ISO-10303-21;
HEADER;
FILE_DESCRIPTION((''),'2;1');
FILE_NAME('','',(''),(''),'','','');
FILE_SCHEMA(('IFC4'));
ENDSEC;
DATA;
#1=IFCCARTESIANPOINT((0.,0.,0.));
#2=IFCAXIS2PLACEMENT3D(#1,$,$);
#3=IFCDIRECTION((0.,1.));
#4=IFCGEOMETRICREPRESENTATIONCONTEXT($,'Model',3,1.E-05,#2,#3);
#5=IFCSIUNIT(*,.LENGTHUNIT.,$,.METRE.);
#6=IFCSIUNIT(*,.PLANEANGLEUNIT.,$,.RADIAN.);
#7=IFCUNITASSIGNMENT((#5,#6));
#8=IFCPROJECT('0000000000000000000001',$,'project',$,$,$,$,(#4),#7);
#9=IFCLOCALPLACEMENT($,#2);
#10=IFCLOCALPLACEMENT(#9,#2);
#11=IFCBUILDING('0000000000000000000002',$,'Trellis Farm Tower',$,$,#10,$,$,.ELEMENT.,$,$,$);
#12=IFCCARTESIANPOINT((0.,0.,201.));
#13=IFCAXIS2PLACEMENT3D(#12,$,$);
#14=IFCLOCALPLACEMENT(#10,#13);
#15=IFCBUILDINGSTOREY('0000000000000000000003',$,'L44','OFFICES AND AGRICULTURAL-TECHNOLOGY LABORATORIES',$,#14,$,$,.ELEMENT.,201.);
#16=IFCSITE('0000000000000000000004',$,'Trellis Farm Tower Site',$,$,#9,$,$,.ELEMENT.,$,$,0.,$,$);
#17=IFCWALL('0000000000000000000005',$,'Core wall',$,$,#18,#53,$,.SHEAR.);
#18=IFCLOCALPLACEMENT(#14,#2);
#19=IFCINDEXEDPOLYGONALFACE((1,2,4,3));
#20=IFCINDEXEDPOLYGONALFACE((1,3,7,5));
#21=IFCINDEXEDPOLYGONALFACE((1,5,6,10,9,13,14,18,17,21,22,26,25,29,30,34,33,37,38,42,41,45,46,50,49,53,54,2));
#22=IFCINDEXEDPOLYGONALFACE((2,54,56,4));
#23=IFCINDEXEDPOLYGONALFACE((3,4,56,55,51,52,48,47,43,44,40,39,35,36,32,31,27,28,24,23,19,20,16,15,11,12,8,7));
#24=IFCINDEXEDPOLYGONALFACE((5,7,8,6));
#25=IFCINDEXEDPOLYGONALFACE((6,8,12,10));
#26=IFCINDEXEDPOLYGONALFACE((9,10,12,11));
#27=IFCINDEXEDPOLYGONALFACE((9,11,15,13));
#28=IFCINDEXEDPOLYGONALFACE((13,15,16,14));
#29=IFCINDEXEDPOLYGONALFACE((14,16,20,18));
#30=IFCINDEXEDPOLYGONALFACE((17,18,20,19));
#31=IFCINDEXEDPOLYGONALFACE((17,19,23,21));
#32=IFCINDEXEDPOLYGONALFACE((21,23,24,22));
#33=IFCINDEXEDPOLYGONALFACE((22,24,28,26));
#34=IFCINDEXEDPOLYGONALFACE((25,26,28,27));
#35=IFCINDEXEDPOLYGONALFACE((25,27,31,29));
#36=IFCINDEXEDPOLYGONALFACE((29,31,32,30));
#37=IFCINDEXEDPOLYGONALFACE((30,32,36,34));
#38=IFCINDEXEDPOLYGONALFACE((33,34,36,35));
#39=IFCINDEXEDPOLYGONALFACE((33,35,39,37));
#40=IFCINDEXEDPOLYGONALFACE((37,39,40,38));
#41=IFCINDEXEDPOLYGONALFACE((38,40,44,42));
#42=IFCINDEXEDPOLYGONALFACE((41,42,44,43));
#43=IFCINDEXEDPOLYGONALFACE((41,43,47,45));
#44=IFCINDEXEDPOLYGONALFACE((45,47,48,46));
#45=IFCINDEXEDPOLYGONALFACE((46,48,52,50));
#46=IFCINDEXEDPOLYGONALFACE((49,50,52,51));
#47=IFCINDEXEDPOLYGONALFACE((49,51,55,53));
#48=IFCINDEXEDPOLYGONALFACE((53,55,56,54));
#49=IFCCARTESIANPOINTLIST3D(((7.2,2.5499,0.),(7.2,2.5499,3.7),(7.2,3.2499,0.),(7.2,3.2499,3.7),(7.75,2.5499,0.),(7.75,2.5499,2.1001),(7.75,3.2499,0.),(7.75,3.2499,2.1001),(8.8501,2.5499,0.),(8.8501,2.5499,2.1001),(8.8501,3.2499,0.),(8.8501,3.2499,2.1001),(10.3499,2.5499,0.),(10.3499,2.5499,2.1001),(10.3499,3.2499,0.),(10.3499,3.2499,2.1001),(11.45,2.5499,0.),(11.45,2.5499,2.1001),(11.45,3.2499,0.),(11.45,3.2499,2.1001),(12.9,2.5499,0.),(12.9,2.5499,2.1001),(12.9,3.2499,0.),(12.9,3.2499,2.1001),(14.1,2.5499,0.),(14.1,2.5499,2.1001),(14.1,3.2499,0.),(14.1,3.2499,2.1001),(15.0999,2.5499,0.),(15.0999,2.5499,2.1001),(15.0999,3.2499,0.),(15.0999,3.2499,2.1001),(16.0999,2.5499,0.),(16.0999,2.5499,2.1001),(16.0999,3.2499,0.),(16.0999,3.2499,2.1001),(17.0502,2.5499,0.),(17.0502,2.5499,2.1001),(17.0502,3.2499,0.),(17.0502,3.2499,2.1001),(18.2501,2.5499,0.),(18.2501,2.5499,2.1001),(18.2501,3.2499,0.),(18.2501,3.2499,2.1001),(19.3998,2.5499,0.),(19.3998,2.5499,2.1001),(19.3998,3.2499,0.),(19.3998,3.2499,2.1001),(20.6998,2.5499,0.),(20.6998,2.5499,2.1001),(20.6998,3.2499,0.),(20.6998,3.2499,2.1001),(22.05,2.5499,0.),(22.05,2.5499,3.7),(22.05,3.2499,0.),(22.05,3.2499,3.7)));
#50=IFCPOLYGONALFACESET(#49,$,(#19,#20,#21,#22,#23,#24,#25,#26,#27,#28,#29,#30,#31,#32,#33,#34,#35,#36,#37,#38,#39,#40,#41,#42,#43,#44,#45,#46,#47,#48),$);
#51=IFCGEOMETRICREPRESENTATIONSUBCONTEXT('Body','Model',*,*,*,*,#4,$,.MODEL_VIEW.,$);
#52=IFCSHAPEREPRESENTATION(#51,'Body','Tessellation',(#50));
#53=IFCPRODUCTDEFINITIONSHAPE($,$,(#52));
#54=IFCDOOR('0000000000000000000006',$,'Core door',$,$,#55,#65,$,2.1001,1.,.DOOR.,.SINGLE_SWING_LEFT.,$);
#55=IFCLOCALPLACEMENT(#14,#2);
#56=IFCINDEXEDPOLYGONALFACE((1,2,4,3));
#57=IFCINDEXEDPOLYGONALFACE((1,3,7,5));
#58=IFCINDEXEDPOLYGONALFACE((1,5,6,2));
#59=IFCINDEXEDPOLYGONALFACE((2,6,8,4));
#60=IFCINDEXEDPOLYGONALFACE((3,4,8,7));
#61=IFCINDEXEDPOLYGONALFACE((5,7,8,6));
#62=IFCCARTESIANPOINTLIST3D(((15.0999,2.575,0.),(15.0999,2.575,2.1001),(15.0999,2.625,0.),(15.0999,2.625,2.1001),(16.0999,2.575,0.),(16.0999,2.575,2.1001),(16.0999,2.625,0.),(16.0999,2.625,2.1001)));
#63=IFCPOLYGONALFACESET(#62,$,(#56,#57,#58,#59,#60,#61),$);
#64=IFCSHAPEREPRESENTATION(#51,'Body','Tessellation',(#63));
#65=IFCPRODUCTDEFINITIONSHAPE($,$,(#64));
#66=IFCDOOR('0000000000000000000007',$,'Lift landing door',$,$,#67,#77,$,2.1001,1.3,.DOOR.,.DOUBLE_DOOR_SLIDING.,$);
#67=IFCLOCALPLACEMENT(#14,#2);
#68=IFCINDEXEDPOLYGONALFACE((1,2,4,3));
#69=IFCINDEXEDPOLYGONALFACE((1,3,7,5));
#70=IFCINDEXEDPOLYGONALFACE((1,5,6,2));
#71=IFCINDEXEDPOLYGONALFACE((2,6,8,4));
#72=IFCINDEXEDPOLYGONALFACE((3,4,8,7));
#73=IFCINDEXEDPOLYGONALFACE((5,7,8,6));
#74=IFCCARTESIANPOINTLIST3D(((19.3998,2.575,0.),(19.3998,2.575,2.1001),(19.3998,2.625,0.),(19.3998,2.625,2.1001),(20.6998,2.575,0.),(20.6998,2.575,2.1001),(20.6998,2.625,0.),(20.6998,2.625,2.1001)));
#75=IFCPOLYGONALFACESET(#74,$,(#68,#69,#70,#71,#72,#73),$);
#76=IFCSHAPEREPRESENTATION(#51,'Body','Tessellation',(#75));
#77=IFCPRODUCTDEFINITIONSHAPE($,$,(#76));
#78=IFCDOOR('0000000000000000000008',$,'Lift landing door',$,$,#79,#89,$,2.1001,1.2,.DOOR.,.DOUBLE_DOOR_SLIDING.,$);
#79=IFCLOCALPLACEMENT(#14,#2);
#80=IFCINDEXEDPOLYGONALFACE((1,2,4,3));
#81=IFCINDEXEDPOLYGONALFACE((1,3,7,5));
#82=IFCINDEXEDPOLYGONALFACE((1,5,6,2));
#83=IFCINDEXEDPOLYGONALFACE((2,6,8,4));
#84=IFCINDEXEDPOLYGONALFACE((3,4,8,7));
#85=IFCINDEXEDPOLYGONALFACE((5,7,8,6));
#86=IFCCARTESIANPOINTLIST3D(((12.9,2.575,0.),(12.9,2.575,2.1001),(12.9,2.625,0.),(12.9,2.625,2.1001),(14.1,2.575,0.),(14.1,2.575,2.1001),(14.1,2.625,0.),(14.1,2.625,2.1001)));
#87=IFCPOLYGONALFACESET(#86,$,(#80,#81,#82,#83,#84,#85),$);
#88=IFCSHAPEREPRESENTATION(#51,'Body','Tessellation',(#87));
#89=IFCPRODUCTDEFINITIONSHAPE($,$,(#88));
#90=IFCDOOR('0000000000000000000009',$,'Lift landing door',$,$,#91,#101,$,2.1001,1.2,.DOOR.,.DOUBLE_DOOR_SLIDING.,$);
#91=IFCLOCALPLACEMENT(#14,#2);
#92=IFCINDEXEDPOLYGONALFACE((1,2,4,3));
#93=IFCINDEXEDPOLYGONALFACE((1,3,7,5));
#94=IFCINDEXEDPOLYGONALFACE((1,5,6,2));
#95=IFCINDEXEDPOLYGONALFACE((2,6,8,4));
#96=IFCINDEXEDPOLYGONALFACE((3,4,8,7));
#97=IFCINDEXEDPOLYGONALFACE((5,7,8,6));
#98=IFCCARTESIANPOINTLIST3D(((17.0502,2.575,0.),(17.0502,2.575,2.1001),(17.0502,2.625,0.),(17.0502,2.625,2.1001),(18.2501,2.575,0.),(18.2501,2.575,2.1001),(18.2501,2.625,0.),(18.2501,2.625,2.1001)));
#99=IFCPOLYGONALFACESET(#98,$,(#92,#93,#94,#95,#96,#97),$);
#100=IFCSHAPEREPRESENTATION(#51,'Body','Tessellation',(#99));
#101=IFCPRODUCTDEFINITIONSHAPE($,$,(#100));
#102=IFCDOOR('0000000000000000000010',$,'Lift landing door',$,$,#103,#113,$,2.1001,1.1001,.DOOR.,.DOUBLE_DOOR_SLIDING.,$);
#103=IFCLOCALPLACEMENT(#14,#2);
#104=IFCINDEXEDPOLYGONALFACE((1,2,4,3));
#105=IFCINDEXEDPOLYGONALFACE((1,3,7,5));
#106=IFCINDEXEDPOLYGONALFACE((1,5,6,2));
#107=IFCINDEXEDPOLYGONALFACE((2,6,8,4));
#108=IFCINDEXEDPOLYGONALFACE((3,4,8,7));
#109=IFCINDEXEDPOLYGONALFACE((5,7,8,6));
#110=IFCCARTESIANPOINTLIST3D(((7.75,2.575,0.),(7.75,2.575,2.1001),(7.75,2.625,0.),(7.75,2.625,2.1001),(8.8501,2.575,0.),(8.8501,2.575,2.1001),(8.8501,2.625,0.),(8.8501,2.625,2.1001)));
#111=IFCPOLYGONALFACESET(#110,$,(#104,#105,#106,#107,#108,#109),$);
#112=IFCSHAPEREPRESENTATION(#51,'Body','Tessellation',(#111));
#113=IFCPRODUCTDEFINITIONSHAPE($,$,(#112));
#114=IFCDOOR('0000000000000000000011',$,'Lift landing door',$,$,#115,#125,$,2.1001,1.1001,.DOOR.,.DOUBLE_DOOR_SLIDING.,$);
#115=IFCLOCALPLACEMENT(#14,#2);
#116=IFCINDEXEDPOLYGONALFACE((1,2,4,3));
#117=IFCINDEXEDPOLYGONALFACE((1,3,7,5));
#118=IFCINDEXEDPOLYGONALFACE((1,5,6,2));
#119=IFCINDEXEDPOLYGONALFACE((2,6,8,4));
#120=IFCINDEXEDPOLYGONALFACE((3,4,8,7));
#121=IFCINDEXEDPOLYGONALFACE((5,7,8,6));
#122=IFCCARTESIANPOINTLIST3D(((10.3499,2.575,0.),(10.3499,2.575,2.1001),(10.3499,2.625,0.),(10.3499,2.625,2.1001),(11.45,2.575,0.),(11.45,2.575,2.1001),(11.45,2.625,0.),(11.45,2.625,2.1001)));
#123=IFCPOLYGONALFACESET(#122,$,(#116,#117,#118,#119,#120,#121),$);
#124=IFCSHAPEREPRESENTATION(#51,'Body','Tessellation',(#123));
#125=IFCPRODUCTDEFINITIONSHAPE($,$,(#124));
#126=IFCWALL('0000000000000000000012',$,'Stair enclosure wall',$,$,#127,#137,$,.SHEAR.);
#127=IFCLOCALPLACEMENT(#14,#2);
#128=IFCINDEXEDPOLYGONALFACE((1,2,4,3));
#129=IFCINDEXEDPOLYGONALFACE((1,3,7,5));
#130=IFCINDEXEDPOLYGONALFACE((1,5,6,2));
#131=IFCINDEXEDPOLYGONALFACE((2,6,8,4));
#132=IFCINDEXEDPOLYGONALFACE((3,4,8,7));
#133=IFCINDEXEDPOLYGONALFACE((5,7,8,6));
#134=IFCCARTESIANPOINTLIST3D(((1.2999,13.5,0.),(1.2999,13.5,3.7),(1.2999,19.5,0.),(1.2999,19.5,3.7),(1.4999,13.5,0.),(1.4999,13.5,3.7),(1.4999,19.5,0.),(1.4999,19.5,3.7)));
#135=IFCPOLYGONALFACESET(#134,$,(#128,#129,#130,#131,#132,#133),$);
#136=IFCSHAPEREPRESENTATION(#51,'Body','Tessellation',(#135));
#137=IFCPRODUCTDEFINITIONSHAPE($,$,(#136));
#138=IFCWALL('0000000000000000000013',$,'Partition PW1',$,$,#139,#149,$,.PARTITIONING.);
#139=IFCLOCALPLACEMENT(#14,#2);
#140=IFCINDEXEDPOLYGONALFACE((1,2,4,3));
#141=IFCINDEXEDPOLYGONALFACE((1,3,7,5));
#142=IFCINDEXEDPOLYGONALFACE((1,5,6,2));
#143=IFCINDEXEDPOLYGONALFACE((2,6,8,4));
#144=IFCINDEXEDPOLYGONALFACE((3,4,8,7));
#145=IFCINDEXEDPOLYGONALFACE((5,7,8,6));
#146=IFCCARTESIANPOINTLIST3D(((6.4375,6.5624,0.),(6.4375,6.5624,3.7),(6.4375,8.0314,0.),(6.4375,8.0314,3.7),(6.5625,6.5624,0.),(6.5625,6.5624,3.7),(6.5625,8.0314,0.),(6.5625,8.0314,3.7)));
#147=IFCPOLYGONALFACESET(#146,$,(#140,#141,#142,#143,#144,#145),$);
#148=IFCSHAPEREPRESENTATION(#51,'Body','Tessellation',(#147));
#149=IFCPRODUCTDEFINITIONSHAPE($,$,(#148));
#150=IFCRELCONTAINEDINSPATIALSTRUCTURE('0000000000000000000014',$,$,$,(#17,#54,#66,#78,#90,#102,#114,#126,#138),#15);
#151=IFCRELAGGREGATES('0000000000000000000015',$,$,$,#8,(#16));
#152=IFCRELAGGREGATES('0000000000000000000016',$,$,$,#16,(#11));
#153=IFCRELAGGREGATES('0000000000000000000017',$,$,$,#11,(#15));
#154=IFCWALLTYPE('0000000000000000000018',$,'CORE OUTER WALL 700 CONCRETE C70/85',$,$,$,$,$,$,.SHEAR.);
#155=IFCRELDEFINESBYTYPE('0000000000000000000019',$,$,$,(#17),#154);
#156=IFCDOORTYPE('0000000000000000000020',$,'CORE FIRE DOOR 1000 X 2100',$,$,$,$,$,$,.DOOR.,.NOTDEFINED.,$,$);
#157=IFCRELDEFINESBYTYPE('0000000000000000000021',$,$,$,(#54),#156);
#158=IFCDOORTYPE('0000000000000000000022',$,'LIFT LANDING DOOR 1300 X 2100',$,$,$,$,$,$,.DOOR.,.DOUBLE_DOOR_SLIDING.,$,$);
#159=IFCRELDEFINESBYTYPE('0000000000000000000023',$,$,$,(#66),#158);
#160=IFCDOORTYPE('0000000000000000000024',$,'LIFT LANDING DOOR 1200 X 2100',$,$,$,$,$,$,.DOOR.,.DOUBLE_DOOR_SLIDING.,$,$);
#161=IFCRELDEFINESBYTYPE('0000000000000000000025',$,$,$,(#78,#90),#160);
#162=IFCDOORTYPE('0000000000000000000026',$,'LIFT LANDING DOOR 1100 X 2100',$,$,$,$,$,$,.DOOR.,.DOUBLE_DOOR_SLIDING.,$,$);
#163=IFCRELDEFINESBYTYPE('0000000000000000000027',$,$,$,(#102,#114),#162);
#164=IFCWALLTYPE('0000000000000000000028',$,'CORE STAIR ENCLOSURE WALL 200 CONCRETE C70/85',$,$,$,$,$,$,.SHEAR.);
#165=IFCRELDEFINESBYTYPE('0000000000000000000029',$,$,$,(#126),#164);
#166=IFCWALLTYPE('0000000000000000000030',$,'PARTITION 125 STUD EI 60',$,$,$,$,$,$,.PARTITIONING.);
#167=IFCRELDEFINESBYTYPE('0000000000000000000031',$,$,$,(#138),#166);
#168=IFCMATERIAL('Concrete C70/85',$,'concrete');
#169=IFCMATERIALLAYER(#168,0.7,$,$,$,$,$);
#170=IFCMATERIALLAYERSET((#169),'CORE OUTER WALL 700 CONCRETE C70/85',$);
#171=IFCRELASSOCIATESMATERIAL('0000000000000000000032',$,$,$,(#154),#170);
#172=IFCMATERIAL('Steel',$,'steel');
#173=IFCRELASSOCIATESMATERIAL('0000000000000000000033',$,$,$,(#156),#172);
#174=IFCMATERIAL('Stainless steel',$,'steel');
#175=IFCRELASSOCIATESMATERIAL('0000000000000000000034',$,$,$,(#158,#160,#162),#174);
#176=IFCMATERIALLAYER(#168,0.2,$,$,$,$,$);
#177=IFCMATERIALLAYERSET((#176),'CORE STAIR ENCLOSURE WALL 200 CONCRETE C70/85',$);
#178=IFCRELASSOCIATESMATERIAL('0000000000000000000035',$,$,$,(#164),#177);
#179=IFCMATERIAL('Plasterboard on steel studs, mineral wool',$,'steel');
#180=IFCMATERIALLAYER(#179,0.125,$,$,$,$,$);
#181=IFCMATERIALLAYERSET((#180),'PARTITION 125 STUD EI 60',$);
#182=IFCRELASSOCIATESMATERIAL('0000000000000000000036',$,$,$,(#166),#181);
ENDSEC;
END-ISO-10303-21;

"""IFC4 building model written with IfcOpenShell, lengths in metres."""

from ifc_helpers import new_model, si_unit, direction, frame, frame_2d, origin, place, context, subcontext, project, spatial, rectangle, extrude, source, transform, mapped, material, layer, layer_set, type_object, element, fill, save


model = new_model("IFC4")

# Units and contexts
model_context = context("Model", 3, precision=1e-05, world=origin(), true_north=direction((0.0, 1.0)))
body_context = subcontext(model_context, "Body", "Model", "MODEL_VIEW")
ifc_project = project(units=[si_unit("LENGTHUNIT", "METRE"), si_unit("PLANEANGLEUNIT", "RADIAN")], contexts=[model_context])

# Site, building, storey
site_placement = place(None, origin())
site = spatial("IfcSite", under=ifc_project, at=site_placement, Name="Trellis Farm Tower Site", CompositionType="ELEMENT", RefElevation=0.0)
building_placement = place(site_placement, origin())
building = spatial("IfcBuilding", under=site, at=building_placement, Name="Trellis Farm Tower", CompositionType="ELEMENT")
storey_placement = place(building_placement, frame((0.0, 0.0, 201.0)))
storey = spatial("IfcBuildingStorey", under=building, at=storey_placement, Name="L44", Description="OFFICES AND AGRICULTURAL-TECHNOLOGY LABORATORIES", CompositionType="ELEMENT", Elevation=201.0)

# Shared definitions
ifc_material_1 = material(Name="Concrete C70/85", Category="concrete")

# Wall, openings, doors
ifc_layer_1 = layer(ifc_material_1, 0.7)
ifc_layer_set_1 = layer_set([ifc_layer_1], Name="CORE OUTER WALL 700 CONCRETE C70/85")
wall_type_1 = type_object("IfcWallType", Name="CORE OUTER WALL 700 CONCRETE C70/85", PredefinedType="SHEAR", material=ifc_layer_set_1)
shared_shape_1 = source(origin(), body_context, "Body", "SweptSolid", [
    extrude(rectangle(XDim=14.8501, YDim=0.7, at=frame_2d((7.425, 0.0))), origin(), (0.0, 0.0, 1.0), 3.7),
])
wall_1_placement = place(storey_placement, frame((7.2, 2.8999, 0.0), z_axis=(0.0, 0.0, 1.0), x_axis=(1.0, 0.0, 0.0)))
wall_1 = element("IfcWall", 1, at=wall_1_placement, inside=storey, type_object=wall_type_1, Name="Core wall", PredefinedType="SHEAR", context=body_context, shape_type="MappedRepresentation", body=[
    mapped(shared_shape_1, transform((0.0, 0.0, 0.0))),
])
shared_shape_2 = source(origin(), body_context, "Body", "SweptSolid", [
    extrude(rectangle(XDim=1.1001, YDim=2.1001, at=frame_2d((0.55, 1.05))), frame((0.0, 0.3601, 0.0), z_axis=(0.0, -1.0, 0.0), x_axis=(1.0, 0.0, 0.0)), (0.0, 0.0, 1.0), 0.7202),
])
opening_1_placement = place(wall_1_placement, frame((0.55, 0.0, 0.0)))
opening_1 = element("IfcOpeningElement", 2, at=opening_1_placement, cuts=wall_1, PredefinedType="OPENING", context=body_context, shape_type="MappedRepresentation", body=[
    mapped(shared_shape_2, transform((0.0, 0.0, 0.0))),
])
opening_2_placement = place(wall_1_placement, frame((3.1499, 0.0, 0.0)))
opening_2 = element("IfcOpeningElement", 3, at=opening_2_placement, cuts=wall_1, PredefinedType="OPENING", context=body_context, shape_type="MappedRepresentation", body=[
    mapped(shared_shape_2, transform((0.0, 0.0, 0.0))),
])
shared_shape_3 = source(origin(), body_context, "Body", "SweptSolid", [
    extrude(rectangle(XDim=1.2, YDim=2.1001, at=frame_2d((0.6001, 1.05))), frame((0.0, 0.3601, 0.0), z_axis=(0.0, -1.0, 0.0), x_axis=(1.0, 0.0, 0.0)), (0.0, 0.0, 1.0), 0.7202),
])
opening_3_placement = place(wall_1_placement, frame((5.7, 0.0, 0.0)))
opening_3 = element("IfcOpeningElement", 4, at=opening_3_placement, cuts=wall_1, PredefinedType="OPENING", context=body_context, shape_type="MappedRepresentation", body=[
    mapped(shared_shape_3, transform((0.0, 0.0, 0.0))),
])
shared_shape_4 = source(origin(), body_context, "Body", "SweptSolid", [
    extrude(rectangle(XDim=1.3, YDim=2.1001, at=frame_2d((0.6499, 1.05))), frame((0.0, 0.3601, 0.0), z_axis=(0.0, -1.0, 0.0), x_axis=(1.0, 0.0, 0.0)), (0.0, 0.0, 1.0), 0.7202),
])
opening_4_placement = place(wall_1_placement, frame((12.2, 0.0, 0.0)))
opening_4 = element("IfcOpeningElement", 5, at=opening_4_placement, cuts=wall_1, PredefinedType="OPENING", context=body_context, shape_type="MappedRepresentation", body=[
    mapped(shared_shape_4, transform((0.0, 0.0, 0.0))),
])
opening_5_placement = place(wall_1_placement, frame((9.8501, 0.0, 0.0)))
opening_5 = element("IfcOpeningElement", 6, at=opening_5_placement, cuts=wall_1, PredefinedType="OPENING", context=body_context, shape_type="MappedRepresentation", body=[
    mapped(shared_shape_3, transform((0.0, 0.0, 0.0))),
])
shared_shape_5 = source(origin(), body_context, "Body", "SweptSolid", [
    extrude(rectangle(XDim=1.0, YDim=2.1001, at=frame_2d((0.5, 1.05))), frame((0.0, 0.3601, 0.0), z_axis=(0.0, -1.0, 0.0), x_axis=(1.0, 0.0, 0.0)), (0.0, 0.0, 1.0), 0.7202),
])
opening_6_placement = place(wall_1_placement, frame((7.8999, 0.0, 0.0)))
opening_6 = element("IfcOpeningElement", 7, at=opening_6_placement, cuts=wall_1, PredefinedType="OPENING", context=body_context, shape_type="MappedRepresentation", body=[
    mapped(shared_shape_5, transform((0.0, 0.0, 0.0))),
])
ifc_material_2 = material(Name="Steel", Category="steel")
door_type_1 = type_object("IfcDoorType", Name="CORE FIRE DOOR 1000 X 2100", OperationType="NOTDEFINED", PredefinedType="DOOR", material=ifc_material_2)
shared_shape_6 = source(origin(), body_context, "Body", "SweptSolid", [
    extrude(rectangle(XDim=1.0, YDim=2.1001, at=frame_2d((0.5, 1.05))), frame((0.0, -0.2749, 0.0), z_axis=(0.0, -1.0, 0.0), x_axis=(1.0, 0.0, 0.0)), (0.0, 0.0, 1.0), 0.05),
])
door_1_placement = place(opening_6_placement, origin())
door_1 = element("IfcDoor", 8, at=door_1_placement, inside=storey, type_object=door_type_1, Name="Core door", OperationType="SINGLE_SWING_LEFT", OverallHeight=2.1001, OverallWidth=1.0, PredefinedType="DOOR", context=body_context, shape_type="MappedRepresentation", body=[
    mapped(shared_shape_6, transform((0.0, 0.0, 0.0))),
])
fill(opening_6, door_1)
ifc_material_3 = material(Name="Stainless steel", Category="steel")
door_type_2 = type_object("IfcDoorType", Name="LIFT LANDING DOOR 1300 X 2100", OperationType="DOUBLE_DOOR_SLIDING", PredefinedType="DOOR", material=ifc_material_3)
shared_shape_7 = source(origin(), body_context, "Body", "SweptSolid", [
    extrude(rectangle(XDim=1.3, YDim=2.1001, at=frame_2d((0.6499, 1.05))), frame((0.0, -0.2749, 0.0), z_axis=(0.0, -1.0, 0.0), x_axis=(1.0, 0.0, 0.0)), (0.0, 0.0, 1.0), 0.05),
])
door_2_placement = place(opening_4_placement, origin())
door_2 = element("IfcDoor", 9, at=door_2_placement, inside=storey, type_object=door_type_2, Name="Lift landing door", OperationType="DOUBLE_DOOR_SLIDING", OverallHeight=2.1001, OverallWidth=1.3, PredefinedType="DOOR", context=body_context, shape_type="MappedRepresentation", body=[
    mapped(shared_shape_7, transform((0.0, 0.0, 0.0))),
])
fill(opening_4, door_2)
door_type_3 = type_object("IfcDoorType", Name="LIFT LANDING DOOR 1200 X 2100", OperationType="DOUBLE_DOOR_SLIDING", PredefinedType="DOOR", material=ifc_material_3)
shared_shape_8 = source(origin(), body_context, "Body", "SweptSolid", [
    extrude(rectangle(XDim=1.2, YDim=2.1001, at=frame_2d((0.6001, 1.05))), frame((0.0, -0.2749, 0.0), z_axis=(0.0, -1.0, 0.0), x_axis=(1.0, 0.0, 0.0)), (0.0, 0.0, 1.0), 0.05),
])
door_3_placement = place(opening_3_placement, origin())
door_3 = element("IfcDoor", 10, at=door_3_placement, inside=storey, type_object=door_type_3, Name="Lift landing door", OperationType="DOUBLE_DOOR_SLIDING", OverallHeight=2.1001, OverallWidth=1.2, PredefinedType="DOOR", context=body_context, shape_type="MappedRepresentation", body=[
    mapped(shared_shape_8, transform((0.0, 0.0, 0.0))),
])
fill(opening_3, door_3)
door_4_placement = place(opening_5_placement, origin())
door_4 = element("IfcDoor", 11, at=door_4_placement, inside=storey, type_object=door_type_3, Name="Lift landing door", OperationType="DOUBLE_DOOR_SLIDING", OverallHeight=2.1001, OverallWidth=1.2, PredefinedType="DOOR", context=body_context, shape_type="MappedRepresentation", body=[
    mapped(shared_shape_8, transform((0.0, 0.0, 0.0))),
])
fill(opening_5, door_4)
door_type_4 = type_object("IfcDoorType", Name="LIFT LANDING DOOR 1100 X 2100", OperationType="DOUBLE_DOOR_SLIDING", PredefinedType="DOOR", material=ifc_material_3)
shared_shape_9 = source(origin(), body_context, "Body", "SweptSolid", [
    extrude(rectangle(XDim=1.1001, YDim=2.1001, at=frame_2d((0.55, 1.05))), frame((0.0, -0.2749, 0.0), z_axis=(0.0, -1.0, 0.0), x_axis=(1.0, 0.0, 0.0)), (0.0, 0.0, 1.0), 0.05),
])
door_5_placement = place(opening_1_placement, origin())
door_5 = element("IfcDoor", 12, at=door_5_placement, inside=storey, type_object=door_type_4, Name="Lift landing door", OperationType="DOUBLE_DOOR_SLIDING", OverallHeight=2.1001, OverallWidth=1.1001, PredefinedType="DOOR", context=body_context, shape_type="MappedRepresentation", body=[
    mapped(shared_shape_9, transform((0.0, 0.0, 0.0))),
])
fill(opening_1, door_5)
door_6_placement = place(opening_2_placement, origin())
door_6 = element("IfcDoor", 13, at=door_6_placement, inside=storey, type_object=door_type_4, Name="Lift landing door", OperationType="DOUBLE_DOOR_SLIDING", OverallHeight=2.1001, OverallWidth=1.1001, PredefinedType="DOOR", context=body_context, shape_type="MappedRepresentation", body=[
    mapped(shared_shape_9, transform((0.0, 0.0, 0.0))),
])
fill(opening_2, door_6)

# Walls
ifc_layer_2 = layer(ifc_material_1, 0.2)
ifc_layer_set_2 = layer_set([ifc_layer_2], Name="CORE STAIR ENCLOSURE WALL 200 CONCRETE C70/85")
wall_type_2 = type_object("IfcWallType", Name="CORE STAIR ENCLOSURE WALL 200 CONCRETE C70/85", PredefinedType="SHEAR", material=ifc_layer_set_2)
shared_shape_10 = source(origin(), body_context, "Body", "SweptSolid", [
    extrude(rectangle(XDim=6.0, YDim=0.2, at=frame_2d((3.0, 0.0))), origin(), (0.0, 0.0, 1.0), 3.7),
])
wall_2_placement = place(storey_placement, frame((1.3999, 13.5, 0.0), z_axis=(0.0, 0.0, 1.0), x_axis=(0.0, 1.0, 0.0)))
element("IfcWall", 14, at=wall_2_placement, inside=storey, type_object=wall_type_2, Name="Stair enclosure wall", PredefinedType="SHEAR", context=body_context, shape_type="MappedRepresentation", body=[
    mapped(shared_shape_10, transform((0.0, 0.0, 0.0))),
])
ifc_material_4 = material(Name="Plasterboard on steel studs, mineral wool", Category="steel")
ifc_layer_3 = layer(ifc_material_4, 0.125)
ifc_layer_set_3 = layer_set([ifc_layer_3], Name="PARTITION 125 STUD EI 60")
wall_type_3 = type_object("IfcWallType", Name="PARTITION 125 STUD EI 60", PredefinedType="PARTITIONING", material=ifc_layer_set_3)
shared_shape_11 = source(origin(), body_context, "Body", "SweptSolid", [
    extrude(rectangle(XDim=1.469, YDim=0.125, at=frame_2d((0.7344, 0.0))), origin(), (0.0, 0.0, 1.0), 3.7),
])
wall_3_placement = place(storey_placement, frame((6.5, 6.5625, 0.0), z_axis=(0.0, 0.0, 1.0), x_axis=(0.0, 1.0, 0.0)))
element("IfcWall", 15, at=wall_3_placement, inside=storey, type_object=wall_type_3, Name="Partition PW1", PredefinedType="PARTITIONING", context=body_context, shape_type="MappedRepresentation", body=[
    mapped(shared_shape_11, transform((0.0, 0.0, 0.0))),
])

save(model, "model.ifc")
